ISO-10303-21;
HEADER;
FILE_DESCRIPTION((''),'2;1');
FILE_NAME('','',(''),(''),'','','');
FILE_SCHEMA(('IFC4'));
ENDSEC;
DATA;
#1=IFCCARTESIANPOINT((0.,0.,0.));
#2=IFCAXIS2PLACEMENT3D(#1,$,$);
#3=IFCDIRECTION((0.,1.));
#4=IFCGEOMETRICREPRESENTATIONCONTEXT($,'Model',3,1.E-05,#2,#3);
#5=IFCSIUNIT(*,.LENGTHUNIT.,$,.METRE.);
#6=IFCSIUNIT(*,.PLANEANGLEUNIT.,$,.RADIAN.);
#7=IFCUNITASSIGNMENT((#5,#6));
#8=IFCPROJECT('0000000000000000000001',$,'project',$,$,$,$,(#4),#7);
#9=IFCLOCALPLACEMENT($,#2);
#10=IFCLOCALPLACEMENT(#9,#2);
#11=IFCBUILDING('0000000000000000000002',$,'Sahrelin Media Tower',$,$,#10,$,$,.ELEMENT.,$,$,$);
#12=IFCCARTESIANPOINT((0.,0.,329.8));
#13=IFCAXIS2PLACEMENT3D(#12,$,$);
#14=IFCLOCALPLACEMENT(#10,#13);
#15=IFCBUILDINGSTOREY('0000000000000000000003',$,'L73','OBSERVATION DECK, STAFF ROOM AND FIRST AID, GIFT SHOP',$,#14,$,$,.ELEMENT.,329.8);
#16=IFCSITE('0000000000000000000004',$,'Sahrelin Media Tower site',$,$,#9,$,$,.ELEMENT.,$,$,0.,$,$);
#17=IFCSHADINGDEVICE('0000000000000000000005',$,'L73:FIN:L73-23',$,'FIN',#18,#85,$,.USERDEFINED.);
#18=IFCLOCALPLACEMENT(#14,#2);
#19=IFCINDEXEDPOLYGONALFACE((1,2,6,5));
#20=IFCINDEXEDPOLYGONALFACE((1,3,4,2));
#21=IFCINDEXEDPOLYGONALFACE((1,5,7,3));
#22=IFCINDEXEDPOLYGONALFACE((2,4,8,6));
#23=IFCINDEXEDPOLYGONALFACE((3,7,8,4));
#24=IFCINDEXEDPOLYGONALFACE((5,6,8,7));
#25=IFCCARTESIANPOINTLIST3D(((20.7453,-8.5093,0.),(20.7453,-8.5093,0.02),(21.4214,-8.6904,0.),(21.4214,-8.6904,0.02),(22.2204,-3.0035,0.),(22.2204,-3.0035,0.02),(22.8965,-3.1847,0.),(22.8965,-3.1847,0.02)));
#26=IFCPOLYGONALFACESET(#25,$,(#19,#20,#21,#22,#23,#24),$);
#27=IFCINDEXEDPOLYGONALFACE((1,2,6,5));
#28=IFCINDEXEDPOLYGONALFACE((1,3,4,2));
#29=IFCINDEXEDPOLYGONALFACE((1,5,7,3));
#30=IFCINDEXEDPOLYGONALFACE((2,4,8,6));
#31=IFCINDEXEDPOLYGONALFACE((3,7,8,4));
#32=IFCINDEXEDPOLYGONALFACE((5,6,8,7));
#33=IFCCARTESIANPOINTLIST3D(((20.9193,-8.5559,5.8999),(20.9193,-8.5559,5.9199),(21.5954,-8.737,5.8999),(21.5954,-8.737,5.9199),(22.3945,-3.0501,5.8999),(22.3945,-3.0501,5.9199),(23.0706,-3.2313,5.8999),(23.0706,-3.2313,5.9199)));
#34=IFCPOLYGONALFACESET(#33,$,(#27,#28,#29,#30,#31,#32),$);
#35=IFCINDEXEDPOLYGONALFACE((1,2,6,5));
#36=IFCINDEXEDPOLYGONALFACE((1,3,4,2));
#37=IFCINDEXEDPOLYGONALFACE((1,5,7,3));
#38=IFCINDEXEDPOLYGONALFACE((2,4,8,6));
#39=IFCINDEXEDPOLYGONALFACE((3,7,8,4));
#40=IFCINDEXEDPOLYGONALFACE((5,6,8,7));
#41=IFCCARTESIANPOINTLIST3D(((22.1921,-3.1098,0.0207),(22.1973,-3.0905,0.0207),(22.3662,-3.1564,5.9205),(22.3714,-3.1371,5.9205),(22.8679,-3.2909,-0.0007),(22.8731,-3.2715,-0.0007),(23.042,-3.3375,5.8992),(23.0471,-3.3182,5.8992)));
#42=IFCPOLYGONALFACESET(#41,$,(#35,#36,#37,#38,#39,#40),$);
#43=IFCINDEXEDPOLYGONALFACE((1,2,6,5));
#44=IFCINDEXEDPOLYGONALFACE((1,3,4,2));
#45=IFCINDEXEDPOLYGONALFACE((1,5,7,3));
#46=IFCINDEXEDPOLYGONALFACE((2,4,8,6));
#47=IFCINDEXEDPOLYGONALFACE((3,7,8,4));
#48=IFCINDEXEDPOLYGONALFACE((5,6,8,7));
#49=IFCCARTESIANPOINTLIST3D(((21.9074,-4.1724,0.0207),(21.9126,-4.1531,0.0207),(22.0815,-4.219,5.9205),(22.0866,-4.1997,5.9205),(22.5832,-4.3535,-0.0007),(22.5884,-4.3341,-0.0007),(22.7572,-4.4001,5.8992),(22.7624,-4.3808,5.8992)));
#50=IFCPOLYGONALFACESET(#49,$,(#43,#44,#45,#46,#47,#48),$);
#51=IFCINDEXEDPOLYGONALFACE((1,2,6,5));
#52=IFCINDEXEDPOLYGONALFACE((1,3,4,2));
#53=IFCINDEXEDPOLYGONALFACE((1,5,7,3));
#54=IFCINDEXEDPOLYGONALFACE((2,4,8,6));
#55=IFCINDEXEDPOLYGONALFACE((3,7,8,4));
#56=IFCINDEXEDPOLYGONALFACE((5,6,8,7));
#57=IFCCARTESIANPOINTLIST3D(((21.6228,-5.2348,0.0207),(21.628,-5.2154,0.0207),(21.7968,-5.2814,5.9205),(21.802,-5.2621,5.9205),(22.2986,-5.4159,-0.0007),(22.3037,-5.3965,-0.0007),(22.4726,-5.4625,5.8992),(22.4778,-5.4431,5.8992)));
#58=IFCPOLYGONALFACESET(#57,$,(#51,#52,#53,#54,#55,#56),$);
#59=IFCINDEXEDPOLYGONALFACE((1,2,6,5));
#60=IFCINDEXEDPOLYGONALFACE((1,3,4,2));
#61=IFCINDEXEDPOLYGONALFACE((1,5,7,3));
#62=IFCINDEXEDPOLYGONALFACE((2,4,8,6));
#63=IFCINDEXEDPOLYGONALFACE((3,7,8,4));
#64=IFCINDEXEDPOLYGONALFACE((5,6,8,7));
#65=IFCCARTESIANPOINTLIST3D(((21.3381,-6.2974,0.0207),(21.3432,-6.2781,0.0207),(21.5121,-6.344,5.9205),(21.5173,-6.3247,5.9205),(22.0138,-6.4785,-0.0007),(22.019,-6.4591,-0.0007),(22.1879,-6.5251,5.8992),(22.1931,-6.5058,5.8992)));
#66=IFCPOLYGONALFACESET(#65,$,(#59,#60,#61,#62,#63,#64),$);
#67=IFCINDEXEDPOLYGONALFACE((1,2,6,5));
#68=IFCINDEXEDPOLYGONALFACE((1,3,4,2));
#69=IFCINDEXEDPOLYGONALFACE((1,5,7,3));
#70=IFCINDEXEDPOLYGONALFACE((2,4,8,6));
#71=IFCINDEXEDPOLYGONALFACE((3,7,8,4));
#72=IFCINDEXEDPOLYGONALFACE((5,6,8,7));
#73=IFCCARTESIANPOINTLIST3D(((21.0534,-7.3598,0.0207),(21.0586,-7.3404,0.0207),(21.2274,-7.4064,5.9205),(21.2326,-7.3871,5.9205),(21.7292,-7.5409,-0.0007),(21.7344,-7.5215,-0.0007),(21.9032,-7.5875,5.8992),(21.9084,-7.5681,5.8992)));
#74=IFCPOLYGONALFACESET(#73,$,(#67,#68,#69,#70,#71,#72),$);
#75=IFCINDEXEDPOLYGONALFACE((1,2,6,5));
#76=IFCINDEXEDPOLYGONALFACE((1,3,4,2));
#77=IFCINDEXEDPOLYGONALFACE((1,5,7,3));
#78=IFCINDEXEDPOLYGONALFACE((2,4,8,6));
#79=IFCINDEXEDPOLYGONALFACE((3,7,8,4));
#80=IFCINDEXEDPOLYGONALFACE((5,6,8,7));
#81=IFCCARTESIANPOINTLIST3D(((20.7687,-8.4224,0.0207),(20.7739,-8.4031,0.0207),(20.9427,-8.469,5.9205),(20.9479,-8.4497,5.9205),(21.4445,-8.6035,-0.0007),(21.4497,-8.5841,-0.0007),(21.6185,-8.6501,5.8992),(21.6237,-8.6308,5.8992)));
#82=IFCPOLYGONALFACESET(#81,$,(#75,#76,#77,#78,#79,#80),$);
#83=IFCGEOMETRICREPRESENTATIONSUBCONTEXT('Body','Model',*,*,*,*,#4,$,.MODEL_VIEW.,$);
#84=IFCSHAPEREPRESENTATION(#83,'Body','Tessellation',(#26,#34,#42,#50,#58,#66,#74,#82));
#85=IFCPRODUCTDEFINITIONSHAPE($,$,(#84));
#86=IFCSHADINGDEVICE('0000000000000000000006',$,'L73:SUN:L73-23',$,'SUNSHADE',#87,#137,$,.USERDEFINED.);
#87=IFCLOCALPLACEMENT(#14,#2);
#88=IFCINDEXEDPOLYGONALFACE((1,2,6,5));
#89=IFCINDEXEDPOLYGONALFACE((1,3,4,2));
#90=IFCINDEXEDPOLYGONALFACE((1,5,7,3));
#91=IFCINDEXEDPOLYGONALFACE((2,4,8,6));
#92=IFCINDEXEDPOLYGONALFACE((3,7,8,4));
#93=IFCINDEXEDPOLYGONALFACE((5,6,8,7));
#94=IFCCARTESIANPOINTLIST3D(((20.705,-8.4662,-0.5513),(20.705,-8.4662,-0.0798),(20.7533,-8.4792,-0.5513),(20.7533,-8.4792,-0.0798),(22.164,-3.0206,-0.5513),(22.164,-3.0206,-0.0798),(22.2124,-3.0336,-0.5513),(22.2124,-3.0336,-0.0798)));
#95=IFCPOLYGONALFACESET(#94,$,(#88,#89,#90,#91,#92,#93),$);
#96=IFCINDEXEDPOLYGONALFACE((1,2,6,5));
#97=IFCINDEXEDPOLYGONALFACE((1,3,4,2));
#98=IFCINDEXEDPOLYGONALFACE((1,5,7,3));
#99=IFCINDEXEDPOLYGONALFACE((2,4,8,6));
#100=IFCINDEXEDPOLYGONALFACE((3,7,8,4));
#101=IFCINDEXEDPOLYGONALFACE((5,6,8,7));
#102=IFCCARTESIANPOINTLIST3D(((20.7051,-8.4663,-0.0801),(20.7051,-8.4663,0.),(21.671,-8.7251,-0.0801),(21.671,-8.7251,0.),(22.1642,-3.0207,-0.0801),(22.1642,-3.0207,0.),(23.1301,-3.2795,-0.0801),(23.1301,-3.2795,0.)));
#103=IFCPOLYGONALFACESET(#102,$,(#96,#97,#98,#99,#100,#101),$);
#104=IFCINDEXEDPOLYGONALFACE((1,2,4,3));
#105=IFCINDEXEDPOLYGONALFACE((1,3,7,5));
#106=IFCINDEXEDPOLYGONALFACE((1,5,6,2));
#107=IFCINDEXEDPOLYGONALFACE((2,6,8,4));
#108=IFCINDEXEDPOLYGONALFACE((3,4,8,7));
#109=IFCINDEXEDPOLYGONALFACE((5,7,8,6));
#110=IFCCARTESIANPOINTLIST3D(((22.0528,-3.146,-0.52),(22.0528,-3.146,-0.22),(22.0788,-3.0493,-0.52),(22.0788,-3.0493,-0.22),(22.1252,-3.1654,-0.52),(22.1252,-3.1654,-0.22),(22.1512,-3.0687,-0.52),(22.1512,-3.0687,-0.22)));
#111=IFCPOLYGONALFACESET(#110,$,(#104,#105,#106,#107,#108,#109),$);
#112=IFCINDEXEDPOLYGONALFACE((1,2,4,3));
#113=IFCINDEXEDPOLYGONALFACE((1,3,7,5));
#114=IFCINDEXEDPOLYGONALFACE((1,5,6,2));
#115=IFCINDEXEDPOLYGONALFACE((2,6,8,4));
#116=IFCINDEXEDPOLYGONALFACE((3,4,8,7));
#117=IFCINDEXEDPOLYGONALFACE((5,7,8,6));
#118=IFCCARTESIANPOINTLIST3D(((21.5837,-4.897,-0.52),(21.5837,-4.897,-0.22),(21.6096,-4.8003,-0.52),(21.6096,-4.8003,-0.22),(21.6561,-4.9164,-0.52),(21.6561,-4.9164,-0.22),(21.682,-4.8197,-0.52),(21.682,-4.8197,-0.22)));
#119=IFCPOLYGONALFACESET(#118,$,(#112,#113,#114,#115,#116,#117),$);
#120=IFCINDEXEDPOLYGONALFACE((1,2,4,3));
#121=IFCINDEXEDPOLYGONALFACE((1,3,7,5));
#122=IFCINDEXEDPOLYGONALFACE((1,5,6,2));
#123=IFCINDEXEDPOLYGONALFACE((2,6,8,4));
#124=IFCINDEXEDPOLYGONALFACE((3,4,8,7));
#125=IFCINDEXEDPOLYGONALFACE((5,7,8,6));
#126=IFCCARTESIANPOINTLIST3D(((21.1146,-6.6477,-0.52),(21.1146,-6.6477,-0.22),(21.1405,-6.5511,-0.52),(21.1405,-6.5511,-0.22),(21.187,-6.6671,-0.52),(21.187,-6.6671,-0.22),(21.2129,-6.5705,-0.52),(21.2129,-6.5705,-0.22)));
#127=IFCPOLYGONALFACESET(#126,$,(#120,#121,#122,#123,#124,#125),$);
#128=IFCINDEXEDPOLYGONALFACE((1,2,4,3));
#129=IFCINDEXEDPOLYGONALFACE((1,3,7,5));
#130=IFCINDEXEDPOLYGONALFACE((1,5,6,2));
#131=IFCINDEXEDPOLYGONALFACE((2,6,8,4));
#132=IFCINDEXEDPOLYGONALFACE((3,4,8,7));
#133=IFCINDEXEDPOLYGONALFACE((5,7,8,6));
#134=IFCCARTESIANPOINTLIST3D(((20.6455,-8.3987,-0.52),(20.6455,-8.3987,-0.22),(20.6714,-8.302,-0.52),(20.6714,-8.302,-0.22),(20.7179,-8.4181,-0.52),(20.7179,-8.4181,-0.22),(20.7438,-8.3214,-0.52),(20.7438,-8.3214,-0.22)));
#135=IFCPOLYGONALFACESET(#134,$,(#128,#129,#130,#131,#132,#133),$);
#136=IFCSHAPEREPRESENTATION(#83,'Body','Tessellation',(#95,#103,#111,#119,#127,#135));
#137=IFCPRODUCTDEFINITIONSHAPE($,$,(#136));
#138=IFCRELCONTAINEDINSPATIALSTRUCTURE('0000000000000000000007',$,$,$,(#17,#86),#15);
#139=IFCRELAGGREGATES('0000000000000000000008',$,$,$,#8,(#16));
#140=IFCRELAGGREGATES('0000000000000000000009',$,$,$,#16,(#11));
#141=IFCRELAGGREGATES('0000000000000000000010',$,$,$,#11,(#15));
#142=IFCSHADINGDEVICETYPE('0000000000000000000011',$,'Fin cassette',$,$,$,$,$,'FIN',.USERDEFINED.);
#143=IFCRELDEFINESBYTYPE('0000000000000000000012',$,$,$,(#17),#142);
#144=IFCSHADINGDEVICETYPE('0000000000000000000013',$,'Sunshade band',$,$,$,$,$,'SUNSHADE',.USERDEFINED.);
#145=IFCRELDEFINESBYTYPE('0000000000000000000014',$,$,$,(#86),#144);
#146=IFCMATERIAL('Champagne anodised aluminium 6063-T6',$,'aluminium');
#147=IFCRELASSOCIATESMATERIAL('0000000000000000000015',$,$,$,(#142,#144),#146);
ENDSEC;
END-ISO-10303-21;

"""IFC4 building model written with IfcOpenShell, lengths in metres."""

from ifc_helpers import new_model, si_unit, direction, frame, origin, origin_2d, place, context, subcontext, project, spatial, rectangle, extrude, material, type_object, element, save


model = new_model("IFC4")

# Units and contexts
model_context = context("Model", 3, precision=1e-05, world=origin(), true_north=direction((0.0, 1.0)))
body_context = subcontext(model_context, "Body", "Model", "MODEL_VIEW")
ifc_project = project(units=[si_unit("LENGTHUNIT", "METRE"), si_unit("PLANEANGLEUNIT", "RADIAN")], contexts=[model_context])

# Site, building, storey
site_placement = place(None, origin())
site = spatial("IfcSite", under=ifc_project, at=site_placement, Name="Sahrelin Media Tower site", CompositionType="ELEMENT", RefElevation=0.0)
building_placement = place(site_placement, origin())
building = spatial("IfcBuilding", under=site, at=building_placement, Name="Sahrelin Media Tower", CompositionType="ELEMENT")
storey_placement = place(building_placement, frame((0.0, 0.0, 329.8)))
storey = spatial("IfcBuildingStorey", under=building, at=storey_placement, Name="L73", Description="OBSERVATION DECK, STAFF ROOM AND FIRST AID, GIFT SHOP", CompositionType="ELEMENT", Elevation=329.8)

# Shared definitions
ifc_material_1 = material(Name="Champagne anodised aluminium 6063-T6", Category="aluminium")

# Shading devices
shading_device_type_1 = type_object("IfcShadingDeviceType", Name="Fin cassette", ElementType="FIN", PredefinedType="USERDEFINED", material=ifc_material_1)
placement = place(storey_placement, frame((21.4153, -5.7383, 0.0), z_axis=(0.0, 0.0, 1.0), x_axis=(-0.258808, -0.965929, 0.0)))
element("IfcShadingDevice", 1, at=placement, inside=storey, type_object=shading_device_type_1, Name="L73:FIN:L73-23", ObjectType="FIN", PredefinedType="USERDEFINED", context=body_context, shape_type="SweptSolid", body=[
    extrude(rectangle(XDim=5.7, YDim=0.7, at=origin_2d()), frame((0.0, 0.4199, 0.0)), (0.0, 0.0, 1.0), 0.02),
    extrude(rectangle(XDim=5.7, YDim=0.7, at=origin_2d()), frame((0.0, 0.6001, 5.8999)), (0.0, 0.0, 1.0), 0.02),
    extrude(rectangle(XDim=0.02, YDim=0.7, at=origin_2d()), frame((-2.75, 0.4199, 0.01), z_axis=(0.0, 0.030525, 0.999534), x_axis=(-1.0, 0.0, 0.0)), (0.0, 0.0, 1.0), 5.9026),
    extrude(rectangle(XDim=0.02, YDim=0.7, at=origin_2d()), frame((-1.6499, 0.4199, 0.01), z_axis=(0.0, 0.030525, 0.999534), x_axis=(-1.0, 0.0, 0.0)), (0.0, 0.0, 1.0), 5.9026),
    extrude(rectangle(XDim=0.02, YDim=0.7, at=origin_2d()), frame((-0.55, 0.4199, 0.01), z_axis=(0.0, 0.030525, 0.999534), x_axis=(-1.0, 0.0, 0.0)), (0.0, 0.0, 1.0), 5.9026),
    extrude(rectangle(XDim=0.02, YDim=0.7, at=origin_2d()), frame((0.55, 0.4199, 0.01), z_axis=(0.0, 0.030525, 0.999534), x_axis=(-1.0, 0.0, 0.0)), (0.0, 0.0, 1.0), 5.9026),
    extrude(rectangle(XDim=0.02, YDim=0.7, at=origin_2d()), frame((1.6499, 0.4199, 0.01), z_axis=(0.0, 0.030525, 0.999534), x_axis=(-1.0, 0.0, 0.0)), (0.0, 0.0, 1.0), 5.9026),
    extrude(rectangle(XDim=0.02, YDim=0.7, at=origin_2d()), frame((2.75, 0.4199, 0.01), z_axis=(0.0, 0.030525, 0.999534), x_axis=(-1.0, 0.0, 0.0)), (0.0, 0.0, 1.0), 5.9026),
])
shading_device_type_2 = type_object("IfcShadingDeviceType", Name="Sunshade band", ElementType="SUNSHADE", PredefinedType="USERDEFINED", material=ifc_material_1)
element("IfcShadingDevice", 2, at=placement, inside=storey, type_object=shading_device_type_2, Name="L73:SUN:L73-23", ObjectType="SUNSHADE", PredefinedType="USERDEFINED", context=body_context, shape_type="SweptSolid", body=[
    extrude(rectangle(XDim=5.6377, YDim=0.05, at=origin_2d()), frame((0.0, 0.0449, -0.5513)), (0.0, 0.0, 1.0), 0.4714),
    extrude(rectangle(XDim=5.6377, YDim=1.0, at=origin_2d()), frame((0.0, 0.52, -0.0801)), (0.0, 0.0, 1.0), 0.0801),
    extrude(rectangle(XDim=0.1001, YDim=0.075, at=origin_2d()), frame((-2.719, -0.0176, -0.52)), (0.0, 0.0, 1.0), 0.3),
    extrude(rectangle(XDim=0.1001, YDim=0.075, at=origin_2d()), frame((-0.9062, -0.0176, -0.52)), (0.0, 0.0, 1.0), 0.3),
    extrude(rectangle(XDim=0.1001, YDim=0.075, at=origin_2d()), frame((0.9062, -0.0176, -0.52)), (0.0, 0.0, 1.0), 0.3),
    extrude(rectangle(XDim=0.1001, YDim=0.075, at=origin_2d()), frame((2.719, -0.0176, -0.52)), (0.0, 0.0, 1.0), 0.3),
])

save(model, "model.ifc")
